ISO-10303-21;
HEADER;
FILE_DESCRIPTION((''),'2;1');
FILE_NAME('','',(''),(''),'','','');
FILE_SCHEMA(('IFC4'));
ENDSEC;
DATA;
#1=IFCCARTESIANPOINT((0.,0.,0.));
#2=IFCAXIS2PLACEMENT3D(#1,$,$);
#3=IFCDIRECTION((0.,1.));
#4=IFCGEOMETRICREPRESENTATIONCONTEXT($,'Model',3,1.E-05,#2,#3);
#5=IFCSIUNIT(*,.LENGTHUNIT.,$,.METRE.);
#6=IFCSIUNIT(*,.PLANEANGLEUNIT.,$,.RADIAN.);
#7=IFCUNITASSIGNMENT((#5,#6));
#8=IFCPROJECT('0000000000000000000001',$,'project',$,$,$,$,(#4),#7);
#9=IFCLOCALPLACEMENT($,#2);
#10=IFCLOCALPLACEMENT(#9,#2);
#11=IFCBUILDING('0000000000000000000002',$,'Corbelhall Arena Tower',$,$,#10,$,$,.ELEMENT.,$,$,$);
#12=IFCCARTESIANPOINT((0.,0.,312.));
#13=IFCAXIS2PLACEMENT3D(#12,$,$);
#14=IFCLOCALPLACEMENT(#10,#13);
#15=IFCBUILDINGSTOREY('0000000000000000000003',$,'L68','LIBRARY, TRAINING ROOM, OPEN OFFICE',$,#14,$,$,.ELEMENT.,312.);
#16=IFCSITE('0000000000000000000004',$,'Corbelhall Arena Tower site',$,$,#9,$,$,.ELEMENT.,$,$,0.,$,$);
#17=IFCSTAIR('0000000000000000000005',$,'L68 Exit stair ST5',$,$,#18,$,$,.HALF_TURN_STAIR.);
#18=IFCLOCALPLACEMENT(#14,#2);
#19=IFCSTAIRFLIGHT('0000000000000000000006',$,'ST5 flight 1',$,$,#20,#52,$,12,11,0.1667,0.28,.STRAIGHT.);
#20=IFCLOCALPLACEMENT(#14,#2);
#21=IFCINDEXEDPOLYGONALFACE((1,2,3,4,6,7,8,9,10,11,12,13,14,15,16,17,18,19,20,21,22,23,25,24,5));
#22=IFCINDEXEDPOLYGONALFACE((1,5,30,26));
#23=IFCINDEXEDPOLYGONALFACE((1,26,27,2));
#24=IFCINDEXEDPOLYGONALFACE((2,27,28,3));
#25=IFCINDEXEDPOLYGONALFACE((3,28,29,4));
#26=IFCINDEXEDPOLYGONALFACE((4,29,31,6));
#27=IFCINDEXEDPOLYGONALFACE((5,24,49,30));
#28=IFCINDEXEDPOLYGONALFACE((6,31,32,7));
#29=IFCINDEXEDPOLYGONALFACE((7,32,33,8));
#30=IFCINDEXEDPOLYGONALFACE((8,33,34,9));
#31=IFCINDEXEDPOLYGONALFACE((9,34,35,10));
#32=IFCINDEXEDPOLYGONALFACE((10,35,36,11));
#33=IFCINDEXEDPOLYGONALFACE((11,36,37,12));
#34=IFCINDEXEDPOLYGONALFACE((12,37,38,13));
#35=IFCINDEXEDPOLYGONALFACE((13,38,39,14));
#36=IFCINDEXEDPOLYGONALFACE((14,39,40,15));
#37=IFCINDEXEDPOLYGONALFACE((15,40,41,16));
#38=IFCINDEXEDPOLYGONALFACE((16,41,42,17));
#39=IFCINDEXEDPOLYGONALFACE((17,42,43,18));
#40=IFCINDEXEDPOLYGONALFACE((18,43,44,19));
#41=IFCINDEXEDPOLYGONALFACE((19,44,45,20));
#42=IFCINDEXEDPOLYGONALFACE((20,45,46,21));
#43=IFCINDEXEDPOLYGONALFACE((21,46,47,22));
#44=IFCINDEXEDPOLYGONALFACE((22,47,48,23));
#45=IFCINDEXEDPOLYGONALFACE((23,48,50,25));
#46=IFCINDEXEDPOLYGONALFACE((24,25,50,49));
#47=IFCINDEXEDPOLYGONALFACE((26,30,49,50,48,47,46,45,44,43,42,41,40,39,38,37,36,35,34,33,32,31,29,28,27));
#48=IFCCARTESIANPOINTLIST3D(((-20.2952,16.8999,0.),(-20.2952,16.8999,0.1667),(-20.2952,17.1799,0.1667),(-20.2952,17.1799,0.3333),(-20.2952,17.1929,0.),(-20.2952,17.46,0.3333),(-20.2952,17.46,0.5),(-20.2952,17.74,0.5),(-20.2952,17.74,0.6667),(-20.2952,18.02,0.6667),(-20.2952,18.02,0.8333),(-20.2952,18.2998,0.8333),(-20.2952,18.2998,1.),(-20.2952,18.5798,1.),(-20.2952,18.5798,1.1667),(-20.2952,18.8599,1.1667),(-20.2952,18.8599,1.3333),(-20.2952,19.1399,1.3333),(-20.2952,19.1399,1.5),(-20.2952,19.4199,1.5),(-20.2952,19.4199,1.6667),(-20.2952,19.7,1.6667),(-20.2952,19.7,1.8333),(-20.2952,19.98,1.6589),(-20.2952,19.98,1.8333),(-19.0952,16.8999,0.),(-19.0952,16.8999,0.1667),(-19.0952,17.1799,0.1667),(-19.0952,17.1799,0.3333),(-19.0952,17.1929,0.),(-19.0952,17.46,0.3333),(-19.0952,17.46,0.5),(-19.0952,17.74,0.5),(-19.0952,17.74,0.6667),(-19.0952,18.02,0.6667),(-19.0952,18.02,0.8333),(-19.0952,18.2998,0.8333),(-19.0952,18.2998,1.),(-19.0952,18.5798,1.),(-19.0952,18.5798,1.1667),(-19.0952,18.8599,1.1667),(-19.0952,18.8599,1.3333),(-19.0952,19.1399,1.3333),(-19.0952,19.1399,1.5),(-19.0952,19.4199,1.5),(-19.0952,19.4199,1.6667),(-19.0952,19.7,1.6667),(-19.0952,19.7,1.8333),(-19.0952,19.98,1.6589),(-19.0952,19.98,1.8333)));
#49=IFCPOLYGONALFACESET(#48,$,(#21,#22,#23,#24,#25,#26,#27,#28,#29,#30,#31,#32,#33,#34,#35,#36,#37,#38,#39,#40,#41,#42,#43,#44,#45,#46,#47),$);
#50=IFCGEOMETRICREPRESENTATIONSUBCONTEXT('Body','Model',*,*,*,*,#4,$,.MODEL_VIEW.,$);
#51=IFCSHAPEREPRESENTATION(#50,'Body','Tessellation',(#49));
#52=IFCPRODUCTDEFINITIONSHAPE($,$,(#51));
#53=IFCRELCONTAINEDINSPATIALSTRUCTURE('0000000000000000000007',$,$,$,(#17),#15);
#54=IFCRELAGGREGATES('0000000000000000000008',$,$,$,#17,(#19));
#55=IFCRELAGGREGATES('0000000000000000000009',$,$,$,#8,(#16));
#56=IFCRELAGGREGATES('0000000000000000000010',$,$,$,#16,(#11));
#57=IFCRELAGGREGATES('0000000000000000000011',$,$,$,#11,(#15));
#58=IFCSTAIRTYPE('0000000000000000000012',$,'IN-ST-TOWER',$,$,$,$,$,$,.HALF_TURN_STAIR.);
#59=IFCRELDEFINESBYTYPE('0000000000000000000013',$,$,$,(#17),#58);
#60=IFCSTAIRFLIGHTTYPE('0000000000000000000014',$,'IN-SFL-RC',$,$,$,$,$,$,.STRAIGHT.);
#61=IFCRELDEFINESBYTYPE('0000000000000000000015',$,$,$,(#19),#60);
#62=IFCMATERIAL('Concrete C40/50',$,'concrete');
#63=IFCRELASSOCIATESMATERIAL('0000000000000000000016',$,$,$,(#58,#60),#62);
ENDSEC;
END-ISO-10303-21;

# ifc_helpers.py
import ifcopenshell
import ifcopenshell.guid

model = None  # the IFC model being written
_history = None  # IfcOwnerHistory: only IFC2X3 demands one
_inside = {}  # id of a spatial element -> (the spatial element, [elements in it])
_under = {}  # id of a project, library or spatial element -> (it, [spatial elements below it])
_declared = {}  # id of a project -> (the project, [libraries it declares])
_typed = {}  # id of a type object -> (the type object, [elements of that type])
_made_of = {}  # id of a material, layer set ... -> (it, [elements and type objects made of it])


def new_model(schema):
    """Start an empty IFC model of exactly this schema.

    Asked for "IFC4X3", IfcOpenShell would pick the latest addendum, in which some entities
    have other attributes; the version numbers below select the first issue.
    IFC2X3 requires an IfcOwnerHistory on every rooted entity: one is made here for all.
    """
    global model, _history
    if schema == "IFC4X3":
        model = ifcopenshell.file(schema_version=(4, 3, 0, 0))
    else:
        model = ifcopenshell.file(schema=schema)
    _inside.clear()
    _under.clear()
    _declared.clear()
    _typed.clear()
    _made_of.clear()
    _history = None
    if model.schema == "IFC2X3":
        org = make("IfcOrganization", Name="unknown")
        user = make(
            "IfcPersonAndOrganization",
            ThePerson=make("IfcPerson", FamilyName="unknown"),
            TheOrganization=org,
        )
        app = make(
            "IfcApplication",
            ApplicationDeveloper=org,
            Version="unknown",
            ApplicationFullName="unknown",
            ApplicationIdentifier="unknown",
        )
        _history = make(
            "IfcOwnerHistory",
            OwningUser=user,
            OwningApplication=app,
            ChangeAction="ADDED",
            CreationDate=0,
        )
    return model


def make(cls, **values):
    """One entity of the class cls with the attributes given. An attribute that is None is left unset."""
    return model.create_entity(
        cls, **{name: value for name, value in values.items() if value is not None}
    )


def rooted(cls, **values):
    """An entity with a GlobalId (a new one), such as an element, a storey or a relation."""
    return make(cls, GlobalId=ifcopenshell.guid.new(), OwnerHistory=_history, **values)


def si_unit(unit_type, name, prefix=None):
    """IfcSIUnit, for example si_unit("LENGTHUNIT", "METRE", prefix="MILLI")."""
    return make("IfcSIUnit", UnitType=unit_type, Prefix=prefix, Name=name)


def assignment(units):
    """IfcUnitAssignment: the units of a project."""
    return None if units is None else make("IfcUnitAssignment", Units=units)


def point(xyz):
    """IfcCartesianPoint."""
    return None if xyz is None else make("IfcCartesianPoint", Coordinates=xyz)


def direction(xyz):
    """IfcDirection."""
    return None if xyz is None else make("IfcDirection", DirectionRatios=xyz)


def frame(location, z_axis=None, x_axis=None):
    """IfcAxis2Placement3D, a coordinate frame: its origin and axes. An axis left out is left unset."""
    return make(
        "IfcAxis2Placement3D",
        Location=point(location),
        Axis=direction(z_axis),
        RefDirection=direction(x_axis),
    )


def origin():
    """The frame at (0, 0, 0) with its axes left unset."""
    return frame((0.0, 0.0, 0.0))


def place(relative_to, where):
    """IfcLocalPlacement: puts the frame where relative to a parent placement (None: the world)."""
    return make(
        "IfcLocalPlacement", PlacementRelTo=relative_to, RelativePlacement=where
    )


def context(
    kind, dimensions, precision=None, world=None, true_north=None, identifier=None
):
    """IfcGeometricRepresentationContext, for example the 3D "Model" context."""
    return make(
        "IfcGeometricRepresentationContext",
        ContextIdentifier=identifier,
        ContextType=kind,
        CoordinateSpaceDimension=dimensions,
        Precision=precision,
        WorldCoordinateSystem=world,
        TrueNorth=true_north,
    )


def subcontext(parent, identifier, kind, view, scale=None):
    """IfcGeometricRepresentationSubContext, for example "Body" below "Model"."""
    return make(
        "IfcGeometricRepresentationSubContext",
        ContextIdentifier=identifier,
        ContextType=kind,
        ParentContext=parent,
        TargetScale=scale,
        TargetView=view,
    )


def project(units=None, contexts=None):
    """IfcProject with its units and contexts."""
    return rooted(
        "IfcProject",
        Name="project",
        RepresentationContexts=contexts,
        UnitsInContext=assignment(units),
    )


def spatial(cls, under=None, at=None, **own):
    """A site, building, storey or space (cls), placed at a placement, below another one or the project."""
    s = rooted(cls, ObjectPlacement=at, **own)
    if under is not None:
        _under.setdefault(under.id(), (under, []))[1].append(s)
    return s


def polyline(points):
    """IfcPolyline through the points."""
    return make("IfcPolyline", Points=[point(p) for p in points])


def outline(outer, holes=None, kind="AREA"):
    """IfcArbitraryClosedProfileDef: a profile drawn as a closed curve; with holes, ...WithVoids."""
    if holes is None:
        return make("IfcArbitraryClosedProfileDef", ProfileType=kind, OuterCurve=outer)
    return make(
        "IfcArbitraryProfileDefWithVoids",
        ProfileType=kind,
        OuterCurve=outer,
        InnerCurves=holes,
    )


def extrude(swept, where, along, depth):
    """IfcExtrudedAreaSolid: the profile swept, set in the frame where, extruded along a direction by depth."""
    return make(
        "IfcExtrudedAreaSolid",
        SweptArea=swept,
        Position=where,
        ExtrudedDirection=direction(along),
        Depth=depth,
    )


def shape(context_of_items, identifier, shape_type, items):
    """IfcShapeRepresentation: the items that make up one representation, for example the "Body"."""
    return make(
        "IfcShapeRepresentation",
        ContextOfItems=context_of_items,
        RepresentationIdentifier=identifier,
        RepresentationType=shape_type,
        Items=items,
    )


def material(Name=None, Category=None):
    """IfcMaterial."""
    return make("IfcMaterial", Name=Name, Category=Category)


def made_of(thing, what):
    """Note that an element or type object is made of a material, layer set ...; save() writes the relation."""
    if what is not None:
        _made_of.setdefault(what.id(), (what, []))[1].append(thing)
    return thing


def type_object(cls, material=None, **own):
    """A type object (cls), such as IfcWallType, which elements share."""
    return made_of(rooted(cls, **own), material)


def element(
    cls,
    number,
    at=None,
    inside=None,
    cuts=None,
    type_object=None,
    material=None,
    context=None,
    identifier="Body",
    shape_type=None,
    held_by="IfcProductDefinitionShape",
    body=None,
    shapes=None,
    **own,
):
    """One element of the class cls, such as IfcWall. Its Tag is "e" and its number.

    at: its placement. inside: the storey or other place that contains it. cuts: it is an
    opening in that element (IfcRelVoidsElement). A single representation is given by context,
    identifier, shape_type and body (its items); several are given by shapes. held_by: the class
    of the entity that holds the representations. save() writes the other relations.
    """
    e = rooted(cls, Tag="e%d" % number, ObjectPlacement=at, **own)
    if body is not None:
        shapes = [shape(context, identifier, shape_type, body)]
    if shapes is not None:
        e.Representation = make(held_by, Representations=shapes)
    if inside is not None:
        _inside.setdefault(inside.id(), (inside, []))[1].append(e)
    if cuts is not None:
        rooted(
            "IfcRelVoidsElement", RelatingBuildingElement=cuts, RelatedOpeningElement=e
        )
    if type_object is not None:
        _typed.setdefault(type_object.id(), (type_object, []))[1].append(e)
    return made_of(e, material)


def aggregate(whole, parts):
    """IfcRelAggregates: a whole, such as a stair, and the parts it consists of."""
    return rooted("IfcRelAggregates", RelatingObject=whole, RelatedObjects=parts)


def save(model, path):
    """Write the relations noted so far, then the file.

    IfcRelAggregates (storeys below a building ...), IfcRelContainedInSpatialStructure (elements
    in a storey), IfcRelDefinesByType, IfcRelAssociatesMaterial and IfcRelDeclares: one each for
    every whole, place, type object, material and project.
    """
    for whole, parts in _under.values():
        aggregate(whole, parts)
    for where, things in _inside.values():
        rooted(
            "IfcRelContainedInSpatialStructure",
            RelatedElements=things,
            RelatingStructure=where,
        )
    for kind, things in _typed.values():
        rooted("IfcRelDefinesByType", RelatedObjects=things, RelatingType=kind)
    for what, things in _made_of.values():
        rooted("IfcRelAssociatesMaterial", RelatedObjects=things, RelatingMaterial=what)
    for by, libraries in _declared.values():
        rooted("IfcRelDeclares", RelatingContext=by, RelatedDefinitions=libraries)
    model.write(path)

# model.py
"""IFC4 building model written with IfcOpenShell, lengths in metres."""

from ifc_helpers import new_model, si_unit, direction, frame, origin, place, context, subcontext, project, spatial, polyline, outline, extrude, material, type_object, element, aggregate, save


model = new_model("IFC4")

# Units and contexts
model_context = context("Model", 3, precision=1e-05, world=origin(), true_north=direction((0.0, 1.0)))
body_context = subcontext(model_context, "Body", "Model", "MODEL_VIEW")
ifc_project = project(units=[si_unit("LENGTHUNIT", "METRE"), si_unit("PLANEANGLEUNIT", "RADIAN")], contexts=[model_context])

# Site, building, storey
site_placement = place(None, origin())
site = spatial("IfcSite", under=ifc_project, at=site_placement, Name="Corbelhall Arena Tower site", CompositionType="ELEMENT", RefElevation=0.0)
building_placement = place(site_placement, origin())
building = spatial("IfcBuilding", under=site, at=building_placement, Name="Corbelhall Arena Tower", CompositionType="ELEMENT")
storey_placement = place(building_placement, frame((0.0, 0.0, 312.0)))
storey = spatial("IfcBuildingStorey", under=building, at=storey_placement, Name="L68", Description="LIBRARY, TRAINING ROOM, OPEN OFFICE", CompositionType="ELEMENT", Elevation=312.0)

# Shared definitions
ifc_material_1 = material(Name="Concrete C40/50", Category="concrete")

# Stair, stair flight
stair_type = type_object("IfcStairType", Name="IN-ST-TOWER", PredefinedType="HALF_TURN_STAIR", material=ifc_material_1)
stair_placement = place(storey_placement, origin())
stair = element("IfcStair", 1, at=stair_placement, inside=storey, type_object=stair_type, Name="L68 Exit stair ST5", PredefinedType="HALF_TURN_STAIR")
stair_flight_type = type_object("IfcStairFlightType", Name="IN-SFL-RC", PredefinedType="STRAIGHT", material=ifc_material_1)
stair_flight_placement = place(storey_placement, frame((-19.6951, 16.8999, 0.0), z_axis=(0.0, 0.0, 1.0), x_axis=(0.0, 1.0, 0.0)))
stair_flight = element("IfcStairFlight", 2, at=stair_flight_placement, type_object=stair_flight_type, Name="ST5 flight 1", NumberOfRisers=12, NumberOfTreads=11, PredefinedType="STRAIGHT", RiserHeight=0.1667, TreadLength=0.28, context=body_context, shape_type="SweptSolid", body=[
    extrude(outline(polyline([(0.0, 0.0), (0.0, 0.1667), (0.28, 0.1667), (0.28, 0.3333), (0.5601, 0.3333), (0.5601, 0.5), (0.8401, 0.5), (0.8401, 0.6667), (1.1201, 0.6667), (1.1201, 0.8333), (1.3999, 0.8333), (1.3999, 1.0), (1.6799, 1.0), (1.6799, 1.1667), (1.96, 1.1667), (1.96, 1.3333), (2.24, 1.3333), (2.24, 1.5), (2.52, 1.5), (2.52, 1.6667), (2.8, 1.6667), (2.8, 1.8333), (3.0801, 1.8333), (3.0801, 2.0), (3.0801, 1.6589), (0.293, 0.0), (0.0, 0.0)])), frame((0.0, 0.6001, 0.0), z_axis=(0.0, -1.0, 0.0), x_axis=(1.0, 0.0, 0.0)), (0.0, 0.0, 1.0), 1.2),
])
aggregate(stair, [stair_flight])

save(model, "model.ifc")
